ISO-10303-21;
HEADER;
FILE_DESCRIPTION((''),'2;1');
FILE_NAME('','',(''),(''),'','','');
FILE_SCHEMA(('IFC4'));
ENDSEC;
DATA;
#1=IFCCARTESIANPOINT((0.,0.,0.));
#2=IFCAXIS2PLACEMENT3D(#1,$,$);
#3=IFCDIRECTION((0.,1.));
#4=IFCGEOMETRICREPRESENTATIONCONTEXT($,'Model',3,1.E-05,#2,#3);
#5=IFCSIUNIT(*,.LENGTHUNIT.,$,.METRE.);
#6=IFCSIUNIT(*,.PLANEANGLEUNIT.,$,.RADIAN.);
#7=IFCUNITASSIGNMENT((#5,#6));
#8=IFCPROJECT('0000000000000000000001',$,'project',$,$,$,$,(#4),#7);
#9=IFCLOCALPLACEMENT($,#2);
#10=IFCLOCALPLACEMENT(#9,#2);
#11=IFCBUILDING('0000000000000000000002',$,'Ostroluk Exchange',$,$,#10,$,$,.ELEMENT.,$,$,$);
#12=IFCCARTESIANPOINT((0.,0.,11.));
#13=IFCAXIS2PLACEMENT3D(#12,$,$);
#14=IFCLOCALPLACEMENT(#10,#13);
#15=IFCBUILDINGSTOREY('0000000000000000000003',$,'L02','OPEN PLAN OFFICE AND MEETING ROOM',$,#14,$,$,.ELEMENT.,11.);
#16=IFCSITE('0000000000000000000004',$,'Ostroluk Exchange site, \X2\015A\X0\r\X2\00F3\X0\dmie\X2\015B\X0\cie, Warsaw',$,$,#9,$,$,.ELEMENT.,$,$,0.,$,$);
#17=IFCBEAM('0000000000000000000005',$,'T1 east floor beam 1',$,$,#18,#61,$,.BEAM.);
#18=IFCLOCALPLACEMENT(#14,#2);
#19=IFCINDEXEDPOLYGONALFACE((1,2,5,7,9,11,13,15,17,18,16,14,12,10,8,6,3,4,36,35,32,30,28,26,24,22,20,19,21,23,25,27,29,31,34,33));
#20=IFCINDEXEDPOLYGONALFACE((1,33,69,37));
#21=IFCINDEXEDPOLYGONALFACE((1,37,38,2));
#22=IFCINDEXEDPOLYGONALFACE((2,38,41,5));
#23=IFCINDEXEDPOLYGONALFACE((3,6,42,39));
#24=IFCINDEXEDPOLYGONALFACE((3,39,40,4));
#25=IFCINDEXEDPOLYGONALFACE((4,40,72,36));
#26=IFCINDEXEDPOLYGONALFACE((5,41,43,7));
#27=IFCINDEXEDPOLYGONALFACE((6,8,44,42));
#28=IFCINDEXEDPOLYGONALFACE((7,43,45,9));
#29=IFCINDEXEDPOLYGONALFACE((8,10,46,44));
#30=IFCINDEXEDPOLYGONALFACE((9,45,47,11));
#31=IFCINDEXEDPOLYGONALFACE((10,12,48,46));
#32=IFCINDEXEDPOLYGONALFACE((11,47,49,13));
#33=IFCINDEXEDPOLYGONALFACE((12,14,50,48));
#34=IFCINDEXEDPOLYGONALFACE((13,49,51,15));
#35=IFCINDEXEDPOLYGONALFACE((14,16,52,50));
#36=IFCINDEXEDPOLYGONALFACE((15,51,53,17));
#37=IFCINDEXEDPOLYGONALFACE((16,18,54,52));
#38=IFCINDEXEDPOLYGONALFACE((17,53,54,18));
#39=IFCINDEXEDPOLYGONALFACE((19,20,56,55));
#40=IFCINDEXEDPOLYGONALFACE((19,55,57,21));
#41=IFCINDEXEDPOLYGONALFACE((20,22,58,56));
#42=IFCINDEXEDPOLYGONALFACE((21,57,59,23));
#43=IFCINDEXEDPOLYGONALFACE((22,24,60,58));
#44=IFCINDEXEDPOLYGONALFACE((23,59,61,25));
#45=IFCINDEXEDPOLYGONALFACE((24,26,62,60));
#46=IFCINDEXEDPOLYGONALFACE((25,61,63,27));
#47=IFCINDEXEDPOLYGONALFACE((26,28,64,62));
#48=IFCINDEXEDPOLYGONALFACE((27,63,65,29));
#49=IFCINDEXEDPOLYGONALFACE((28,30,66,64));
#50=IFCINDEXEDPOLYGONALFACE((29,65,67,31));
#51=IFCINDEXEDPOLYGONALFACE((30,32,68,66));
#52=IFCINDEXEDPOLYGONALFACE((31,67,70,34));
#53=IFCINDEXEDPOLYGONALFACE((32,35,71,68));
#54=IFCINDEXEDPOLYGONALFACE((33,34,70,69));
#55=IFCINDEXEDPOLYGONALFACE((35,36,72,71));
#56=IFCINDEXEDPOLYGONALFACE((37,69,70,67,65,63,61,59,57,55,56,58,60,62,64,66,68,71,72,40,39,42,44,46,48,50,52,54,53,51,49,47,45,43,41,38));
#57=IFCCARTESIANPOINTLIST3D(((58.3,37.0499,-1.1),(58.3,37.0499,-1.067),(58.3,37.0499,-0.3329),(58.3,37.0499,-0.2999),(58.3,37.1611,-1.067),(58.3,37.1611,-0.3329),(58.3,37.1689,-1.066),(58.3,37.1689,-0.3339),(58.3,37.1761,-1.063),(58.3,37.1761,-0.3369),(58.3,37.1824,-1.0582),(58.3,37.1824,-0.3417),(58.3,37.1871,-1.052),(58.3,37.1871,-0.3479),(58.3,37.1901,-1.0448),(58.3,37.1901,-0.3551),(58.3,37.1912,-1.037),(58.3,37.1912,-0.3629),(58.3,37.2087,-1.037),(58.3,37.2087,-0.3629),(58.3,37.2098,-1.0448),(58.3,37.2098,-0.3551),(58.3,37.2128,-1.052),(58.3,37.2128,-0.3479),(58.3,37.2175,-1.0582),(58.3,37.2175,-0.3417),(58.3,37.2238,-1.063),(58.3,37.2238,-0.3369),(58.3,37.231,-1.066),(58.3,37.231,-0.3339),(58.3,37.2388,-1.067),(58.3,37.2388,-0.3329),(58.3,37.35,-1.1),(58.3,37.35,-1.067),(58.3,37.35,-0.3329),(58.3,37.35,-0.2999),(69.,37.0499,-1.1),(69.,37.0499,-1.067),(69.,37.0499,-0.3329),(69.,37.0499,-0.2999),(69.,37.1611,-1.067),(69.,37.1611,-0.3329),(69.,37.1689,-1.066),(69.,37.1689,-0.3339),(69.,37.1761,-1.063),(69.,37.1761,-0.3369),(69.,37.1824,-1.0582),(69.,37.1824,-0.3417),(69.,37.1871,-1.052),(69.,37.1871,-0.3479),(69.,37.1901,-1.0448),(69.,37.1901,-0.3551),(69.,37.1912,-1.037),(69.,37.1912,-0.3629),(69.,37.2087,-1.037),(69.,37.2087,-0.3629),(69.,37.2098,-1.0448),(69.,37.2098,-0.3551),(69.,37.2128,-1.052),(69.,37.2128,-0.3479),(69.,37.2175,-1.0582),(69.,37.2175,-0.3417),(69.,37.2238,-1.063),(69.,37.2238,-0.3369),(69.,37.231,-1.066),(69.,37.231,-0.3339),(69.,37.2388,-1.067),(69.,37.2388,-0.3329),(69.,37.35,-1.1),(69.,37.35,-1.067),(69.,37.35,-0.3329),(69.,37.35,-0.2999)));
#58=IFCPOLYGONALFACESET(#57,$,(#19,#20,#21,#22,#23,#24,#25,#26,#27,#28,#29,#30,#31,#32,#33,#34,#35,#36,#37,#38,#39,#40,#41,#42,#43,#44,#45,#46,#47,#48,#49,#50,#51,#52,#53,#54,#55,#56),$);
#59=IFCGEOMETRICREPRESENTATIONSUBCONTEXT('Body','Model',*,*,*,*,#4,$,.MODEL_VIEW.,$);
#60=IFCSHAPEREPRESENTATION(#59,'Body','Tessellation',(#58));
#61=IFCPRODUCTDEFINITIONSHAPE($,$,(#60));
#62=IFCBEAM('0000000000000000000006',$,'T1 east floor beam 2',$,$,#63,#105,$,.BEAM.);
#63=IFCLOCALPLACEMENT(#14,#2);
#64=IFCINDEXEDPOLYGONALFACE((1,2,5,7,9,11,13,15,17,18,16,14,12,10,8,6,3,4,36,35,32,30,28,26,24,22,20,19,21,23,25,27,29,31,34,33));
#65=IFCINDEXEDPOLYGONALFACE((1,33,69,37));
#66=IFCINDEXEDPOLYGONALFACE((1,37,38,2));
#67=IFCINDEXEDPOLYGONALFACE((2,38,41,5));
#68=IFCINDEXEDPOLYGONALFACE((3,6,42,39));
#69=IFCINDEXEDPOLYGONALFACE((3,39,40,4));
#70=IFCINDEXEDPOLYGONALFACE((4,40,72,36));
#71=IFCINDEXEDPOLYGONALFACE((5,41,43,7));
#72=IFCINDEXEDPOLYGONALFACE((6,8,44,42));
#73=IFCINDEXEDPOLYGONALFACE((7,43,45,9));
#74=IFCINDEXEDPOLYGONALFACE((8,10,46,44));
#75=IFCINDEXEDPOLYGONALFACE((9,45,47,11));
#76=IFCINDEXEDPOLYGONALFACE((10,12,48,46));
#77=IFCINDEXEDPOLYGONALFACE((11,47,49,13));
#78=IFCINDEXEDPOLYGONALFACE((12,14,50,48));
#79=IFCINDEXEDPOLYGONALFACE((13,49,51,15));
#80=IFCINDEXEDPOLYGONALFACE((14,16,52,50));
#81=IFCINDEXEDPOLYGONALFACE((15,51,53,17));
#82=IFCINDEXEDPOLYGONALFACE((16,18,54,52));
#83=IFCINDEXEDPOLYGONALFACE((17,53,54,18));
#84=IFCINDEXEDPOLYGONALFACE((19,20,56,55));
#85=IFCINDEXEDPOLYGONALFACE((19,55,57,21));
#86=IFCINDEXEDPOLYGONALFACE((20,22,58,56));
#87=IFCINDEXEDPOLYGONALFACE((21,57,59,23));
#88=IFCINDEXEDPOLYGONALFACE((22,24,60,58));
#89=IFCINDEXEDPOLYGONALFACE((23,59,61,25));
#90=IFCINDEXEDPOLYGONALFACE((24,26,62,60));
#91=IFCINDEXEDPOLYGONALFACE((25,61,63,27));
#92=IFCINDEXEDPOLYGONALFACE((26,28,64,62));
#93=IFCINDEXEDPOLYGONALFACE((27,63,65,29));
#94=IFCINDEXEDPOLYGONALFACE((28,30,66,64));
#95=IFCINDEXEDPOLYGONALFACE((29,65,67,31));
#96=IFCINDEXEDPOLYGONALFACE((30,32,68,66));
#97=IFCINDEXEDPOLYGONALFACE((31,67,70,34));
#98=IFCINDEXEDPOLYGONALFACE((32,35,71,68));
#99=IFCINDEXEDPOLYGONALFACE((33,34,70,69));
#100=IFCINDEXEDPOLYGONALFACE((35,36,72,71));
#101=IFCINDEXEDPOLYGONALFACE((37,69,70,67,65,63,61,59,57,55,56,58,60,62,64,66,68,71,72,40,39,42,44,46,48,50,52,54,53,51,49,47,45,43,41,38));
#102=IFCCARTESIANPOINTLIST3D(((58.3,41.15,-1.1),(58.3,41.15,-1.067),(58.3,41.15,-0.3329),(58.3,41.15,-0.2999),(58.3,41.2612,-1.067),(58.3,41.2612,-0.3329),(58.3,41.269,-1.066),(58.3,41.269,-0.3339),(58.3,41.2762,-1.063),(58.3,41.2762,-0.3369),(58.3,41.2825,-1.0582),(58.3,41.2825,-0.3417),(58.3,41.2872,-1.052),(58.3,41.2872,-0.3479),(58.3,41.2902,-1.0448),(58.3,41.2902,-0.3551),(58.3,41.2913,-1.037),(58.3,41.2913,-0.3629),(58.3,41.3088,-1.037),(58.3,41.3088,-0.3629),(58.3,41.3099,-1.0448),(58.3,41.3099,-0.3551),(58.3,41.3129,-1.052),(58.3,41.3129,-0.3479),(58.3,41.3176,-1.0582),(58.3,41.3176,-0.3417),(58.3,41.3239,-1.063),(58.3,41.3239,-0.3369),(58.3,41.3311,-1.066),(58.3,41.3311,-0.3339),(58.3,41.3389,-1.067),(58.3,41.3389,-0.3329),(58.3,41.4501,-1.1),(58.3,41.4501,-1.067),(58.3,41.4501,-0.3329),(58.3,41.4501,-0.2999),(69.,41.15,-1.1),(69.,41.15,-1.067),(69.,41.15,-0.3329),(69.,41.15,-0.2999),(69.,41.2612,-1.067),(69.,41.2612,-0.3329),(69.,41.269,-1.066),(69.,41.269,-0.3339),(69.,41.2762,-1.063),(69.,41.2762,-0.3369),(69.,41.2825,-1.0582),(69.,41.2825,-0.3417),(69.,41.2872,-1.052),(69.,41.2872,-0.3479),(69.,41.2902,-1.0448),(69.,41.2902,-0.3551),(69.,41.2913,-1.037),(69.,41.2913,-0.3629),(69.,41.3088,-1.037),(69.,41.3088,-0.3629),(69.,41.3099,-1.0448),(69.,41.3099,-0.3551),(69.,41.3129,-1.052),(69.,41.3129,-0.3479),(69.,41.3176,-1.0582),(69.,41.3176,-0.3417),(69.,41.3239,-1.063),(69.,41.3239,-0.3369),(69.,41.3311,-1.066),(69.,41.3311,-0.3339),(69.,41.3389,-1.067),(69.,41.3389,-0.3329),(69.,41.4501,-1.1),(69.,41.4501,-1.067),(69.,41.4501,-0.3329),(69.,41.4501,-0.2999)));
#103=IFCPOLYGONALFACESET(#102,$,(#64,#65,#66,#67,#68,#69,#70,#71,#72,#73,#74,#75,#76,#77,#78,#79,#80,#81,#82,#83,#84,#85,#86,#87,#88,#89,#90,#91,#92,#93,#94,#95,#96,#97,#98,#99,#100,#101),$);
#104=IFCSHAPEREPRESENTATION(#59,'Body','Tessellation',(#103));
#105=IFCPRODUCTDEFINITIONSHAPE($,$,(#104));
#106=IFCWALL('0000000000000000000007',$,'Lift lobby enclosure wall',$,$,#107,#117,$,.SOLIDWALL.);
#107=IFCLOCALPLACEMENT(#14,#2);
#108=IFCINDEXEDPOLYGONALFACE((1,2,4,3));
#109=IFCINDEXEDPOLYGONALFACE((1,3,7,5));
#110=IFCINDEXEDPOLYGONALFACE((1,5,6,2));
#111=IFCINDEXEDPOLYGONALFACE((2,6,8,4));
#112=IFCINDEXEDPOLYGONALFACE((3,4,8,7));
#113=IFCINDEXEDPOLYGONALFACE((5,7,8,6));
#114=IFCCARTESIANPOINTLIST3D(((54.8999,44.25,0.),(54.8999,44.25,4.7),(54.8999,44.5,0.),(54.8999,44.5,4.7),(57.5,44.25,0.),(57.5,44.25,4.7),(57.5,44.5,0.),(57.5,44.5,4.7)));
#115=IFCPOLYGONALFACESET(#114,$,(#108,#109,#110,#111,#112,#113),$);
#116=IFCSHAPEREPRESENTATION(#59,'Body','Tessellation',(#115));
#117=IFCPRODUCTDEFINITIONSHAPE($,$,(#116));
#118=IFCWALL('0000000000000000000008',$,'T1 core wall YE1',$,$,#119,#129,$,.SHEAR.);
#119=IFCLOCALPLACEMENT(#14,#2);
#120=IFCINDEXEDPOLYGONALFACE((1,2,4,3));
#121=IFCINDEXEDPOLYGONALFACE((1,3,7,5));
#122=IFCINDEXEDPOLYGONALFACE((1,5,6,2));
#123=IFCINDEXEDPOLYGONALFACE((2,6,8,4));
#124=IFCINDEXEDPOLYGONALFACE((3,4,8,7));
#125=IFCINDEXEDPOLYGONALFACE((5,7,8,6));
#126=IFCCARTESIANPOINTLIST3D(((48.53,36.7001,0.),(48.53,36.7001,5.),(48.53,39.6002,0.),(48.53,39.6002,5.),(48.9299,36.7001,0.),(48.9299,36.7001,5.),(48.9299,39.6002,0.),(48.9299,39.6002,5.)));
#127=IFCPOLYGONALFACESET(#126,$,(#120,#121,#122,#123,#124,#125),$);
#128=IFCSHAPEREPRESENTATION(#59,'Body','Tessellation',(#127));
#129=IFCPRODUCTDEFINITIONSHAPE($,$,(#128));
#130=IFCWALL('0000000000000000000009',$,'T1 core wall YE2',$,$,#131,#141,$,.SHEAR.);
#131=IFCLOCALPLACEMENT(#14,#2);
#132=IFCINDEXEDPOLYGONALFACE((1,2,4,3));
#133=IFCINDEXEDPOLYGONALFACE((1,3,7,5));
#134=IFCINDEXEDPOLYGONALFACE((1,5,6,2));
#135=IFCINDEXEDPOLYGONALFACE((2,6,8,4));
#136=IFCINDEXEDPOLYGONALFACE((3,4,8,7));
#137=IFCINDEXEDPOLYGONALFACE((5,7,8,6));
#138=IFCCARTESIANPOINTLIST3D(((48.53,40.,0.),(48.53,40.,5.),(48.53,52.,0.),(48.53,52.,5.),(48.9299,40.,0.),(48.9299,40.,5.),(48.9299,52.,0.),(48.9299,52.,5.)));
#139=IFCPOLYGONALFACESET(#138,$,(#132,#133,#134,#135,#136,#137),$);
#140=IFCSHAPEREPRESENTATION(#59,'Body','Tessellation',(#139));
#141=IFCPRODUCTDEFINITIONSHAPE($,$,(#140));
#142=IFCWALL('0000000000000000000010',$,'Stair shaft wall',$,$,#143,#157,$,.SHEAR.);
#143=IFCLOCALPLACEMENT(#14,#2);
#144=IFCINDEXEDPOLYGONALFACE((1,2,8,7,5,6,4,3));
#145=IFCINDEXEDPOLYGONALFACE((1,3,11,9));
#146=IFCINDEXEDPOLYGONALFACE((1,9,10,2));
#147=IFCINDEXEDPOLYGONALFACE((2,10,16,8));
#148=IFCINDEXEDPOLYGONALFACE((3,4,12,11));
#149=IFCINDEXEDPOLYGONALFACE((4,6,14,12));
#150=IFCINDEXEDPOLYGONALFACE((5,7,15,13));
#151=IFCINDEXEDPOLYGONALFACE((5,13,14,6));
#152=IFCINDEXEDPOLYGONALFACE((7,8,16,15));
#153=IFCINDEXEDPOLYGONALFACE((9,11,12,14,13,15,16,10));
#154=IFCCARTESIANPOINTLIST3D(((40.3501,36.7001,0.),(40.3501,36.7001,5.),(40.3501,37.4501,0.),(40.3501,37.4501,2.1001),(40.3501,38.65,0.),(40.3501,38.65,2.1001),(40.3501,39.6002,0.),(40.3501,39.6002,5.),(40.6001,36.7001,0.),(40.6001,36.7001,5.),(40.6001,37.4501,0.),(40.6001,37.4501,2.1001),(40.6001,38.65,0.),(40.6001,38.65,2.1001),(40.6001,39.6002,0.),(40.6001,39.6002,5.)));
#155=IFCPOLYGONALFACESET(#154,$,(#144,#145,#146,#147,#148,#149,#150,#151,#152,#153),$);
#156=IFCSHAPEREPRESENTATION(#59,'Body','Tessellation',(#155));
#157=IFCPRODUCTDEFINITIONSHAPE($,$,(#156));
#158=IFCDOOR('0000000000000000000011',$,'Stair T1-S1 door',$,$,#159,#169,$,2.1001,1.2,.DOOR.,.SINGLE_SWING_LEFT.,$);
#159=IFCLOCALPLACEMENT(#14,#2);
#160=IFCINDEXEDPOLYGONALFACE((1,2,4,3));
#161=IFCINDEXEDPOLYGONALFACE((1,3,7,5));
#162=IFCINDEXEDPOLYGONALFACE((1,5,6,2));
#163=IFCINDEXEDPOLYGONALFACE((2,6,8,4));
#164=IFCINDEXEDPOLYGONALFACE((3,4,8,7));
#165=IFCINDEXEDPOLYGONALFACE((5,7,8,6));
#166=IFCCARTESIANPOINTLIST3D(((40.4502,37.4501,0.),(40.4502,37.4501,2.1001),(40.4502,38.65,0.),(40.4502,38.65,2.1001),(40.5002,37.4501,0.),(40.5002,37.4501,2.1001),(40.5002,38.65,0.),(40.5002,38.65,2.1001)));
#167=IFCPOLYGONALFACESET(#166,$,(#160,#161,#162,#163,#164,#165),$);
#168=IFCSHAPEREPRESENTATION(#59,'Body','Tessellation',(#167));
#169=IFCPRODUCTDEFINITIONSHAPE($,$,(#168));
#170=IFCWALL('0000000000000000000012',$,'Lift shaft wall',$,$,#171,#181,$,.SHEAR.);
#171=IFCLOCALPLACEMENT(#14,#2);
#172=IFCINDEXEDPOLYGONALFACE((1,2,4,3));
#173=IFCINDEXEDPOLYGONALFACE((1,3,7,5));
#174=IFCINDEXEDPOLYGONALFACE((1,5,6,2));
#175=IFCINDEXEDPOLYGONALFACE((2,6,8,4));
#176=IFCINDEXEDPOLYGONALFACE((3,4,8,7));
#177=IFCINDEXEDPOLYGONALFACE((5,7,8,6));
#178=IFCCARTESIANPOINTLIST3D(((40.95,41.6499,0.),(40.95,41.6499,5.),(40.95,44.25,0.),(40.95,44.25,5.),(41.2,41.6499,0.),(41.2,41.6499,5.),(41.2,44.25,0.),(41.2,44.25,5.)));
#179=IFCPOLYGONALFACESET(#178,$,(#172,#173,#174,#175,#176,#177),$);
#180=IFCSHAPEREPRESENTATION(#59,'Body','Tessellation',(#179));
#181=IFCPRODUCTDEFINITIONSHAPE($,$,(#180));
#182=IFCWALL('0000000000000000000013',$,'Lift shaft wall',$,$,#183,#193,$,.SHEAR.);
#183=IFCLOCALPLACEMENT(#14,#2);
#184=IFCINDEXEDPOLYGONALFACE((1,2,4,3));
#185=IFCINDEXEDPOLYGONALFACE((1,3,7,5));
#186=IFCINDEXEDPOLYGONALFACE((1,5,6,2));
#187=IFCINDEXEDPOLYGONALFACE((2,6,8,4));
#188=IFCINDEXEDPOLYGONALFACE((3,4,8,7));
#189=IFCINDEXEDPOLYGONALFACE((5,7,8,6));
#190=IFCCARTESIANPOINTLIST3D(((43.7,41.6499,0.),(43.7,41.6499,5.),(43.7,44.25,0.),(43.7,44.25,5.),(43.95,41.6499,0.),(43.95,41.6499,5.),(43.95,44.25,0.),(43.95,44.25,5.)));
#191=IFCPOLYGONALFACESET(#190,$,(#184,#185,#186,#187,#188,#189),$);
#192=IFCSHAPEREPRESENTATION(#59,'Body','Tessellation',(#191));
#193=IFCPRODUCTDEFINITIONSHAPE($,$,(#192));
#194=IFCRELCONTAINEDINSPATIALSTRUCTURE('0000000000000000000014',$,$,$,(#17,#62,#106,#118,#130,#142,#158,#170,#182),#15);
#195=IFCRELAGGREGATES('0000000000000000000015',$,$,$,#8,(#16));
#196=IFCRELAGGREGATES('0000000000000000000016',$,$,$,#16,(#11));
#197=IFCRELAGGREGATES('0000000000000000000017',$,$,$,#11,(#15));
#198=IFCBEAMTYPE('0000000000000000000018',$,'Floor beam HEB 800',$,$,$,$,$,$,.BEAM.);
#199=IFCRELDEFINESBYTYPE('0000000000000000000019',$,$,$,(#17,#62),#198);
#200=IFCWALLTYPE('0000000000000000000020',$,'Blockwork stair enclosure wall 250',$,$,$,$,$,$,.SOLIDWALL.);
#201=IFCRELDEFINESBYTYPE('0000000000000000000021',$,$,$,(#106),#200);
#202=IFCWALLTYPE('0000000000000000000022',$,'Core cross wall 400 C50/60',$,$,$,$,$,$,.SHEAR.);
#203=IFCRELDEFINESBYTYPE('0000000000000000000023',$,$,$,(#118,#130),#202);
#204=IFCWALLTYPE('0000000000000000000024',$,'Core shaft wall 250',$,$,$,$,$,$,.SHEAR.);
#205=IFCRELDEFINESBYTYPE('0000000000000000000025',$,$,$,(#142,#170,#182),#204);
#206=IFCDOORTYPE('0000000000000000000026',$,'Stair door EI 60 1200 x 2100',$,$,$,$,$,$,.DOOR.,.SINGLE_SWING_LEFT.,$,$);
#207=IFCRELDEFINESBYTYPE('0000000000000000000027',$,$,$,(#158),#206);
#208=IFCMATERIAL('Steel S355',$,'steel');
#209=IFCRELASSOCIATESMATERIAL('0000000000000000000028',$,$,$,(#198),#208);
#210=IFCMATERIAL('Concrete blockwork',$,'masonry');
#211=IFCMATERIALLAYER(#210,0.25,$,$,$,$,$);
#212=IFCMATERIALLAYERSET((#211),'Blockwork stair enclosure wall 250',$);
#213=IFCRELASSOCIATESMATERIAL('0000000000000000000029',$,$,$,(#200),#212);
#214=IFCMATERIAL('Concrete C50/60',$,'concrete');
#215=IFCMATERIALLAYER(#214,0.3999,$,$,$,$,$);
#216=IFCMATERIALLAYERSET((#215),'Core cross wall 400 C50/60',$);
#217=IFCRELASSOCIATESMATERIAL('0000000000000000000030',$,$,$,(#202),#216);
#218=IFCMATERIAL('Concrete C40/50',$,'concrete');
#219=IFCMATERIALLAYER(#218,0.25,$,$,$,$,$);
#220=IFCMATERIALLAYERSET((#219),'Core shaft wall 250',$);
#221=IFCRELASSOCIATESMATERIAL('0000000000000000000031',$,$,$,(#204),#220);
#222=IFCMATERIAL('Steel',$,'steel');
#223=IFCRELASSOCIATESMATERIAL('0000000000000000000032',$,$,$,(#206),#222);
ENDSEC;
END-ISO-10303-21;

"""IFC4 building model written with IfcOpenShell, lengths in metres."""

from ifc_helpers import new_model, si_unit, direction, frame, frame_2d, origin, origin_2d, place, context, subcontext, project, spatial, rectangle, i_section, extrude, material, layer, layer_set, material_profile, profile_set, type_object, element, fill, save


model = new_model("IFC4")

# Units and contexts
model_context = context("Model", 3, precision=1e-05, world=origin(), true_north=direction((0.0, 1.0)))
body_context = subcontext(model_context, "Body", "Model", "MODEL_VIEW")
ifc_project = project(units=[si_unit("LENGTHUNIT", "METRE"), si_unit("PLANEANGLEUNIT", "RADIAN")], contexts=[model_context])

# Site, building, storey
site_placement = place(None, origin())
site = spatial("IfcSite", under=ifc_project, at=site_placement, Name="Ostroluk Exchange site, Śródmieście, Warsaw", CompositionType="ELEMENT", RefElevation=0.0)
building_placement = place(site_placement, origin())
building = spatial("IfcBuilding", under=site, at=building_placement, Name="Ostroluk Exchange", CompositionType="ELEMENT")
storey_placement = place(building_placement, frame((0.0, 0.0, 11.0)))
storey = spatial("IfcBuildingStorey", under=building, at=storey_placement, Name="L02", Description="OPEN PLAN OFFICE AND MEETING ROOM", CompositionType="ELEMENT", Elevation=11.0)

# Beams
ifc_material_1 = material(Name="Steel S355", Category="steel")
ifc_material_profile = material_profile(ifc_material_1, i_section(OverallWidth=0.3, OverallDepth=0.8, WebThickness=0.0176, FlangeThickness=0.033, FilletRadius=0.03, at=origin_2d()), Name="HEB 800")
ifc_profile_set = profile_set([ifc_material_profile], Name="Steel S355")
beam_type = type_object("IfcBeamType", Name="Floor beam HEB 800", PredefinedType="BEAM", material=ifc_profile_set)
for number, where, z_axis, x_axis, name in (
    (1, (58.3, 37.2, -0.7), (1.0, 0.0, 0.0), (0.0, 1.0, 0.0), "T1 east floor beam 1"),
    (2, (58.3, 41.3, -0.7), (1.0, 0.0, 0.0), (0.0, 1.0, 0.0), "T1 east floor beam 2"),
):
    element("IfcBeam", number, at=place(storey_placement, frame(where, z_axis=z_axis, x_axis=x_axis)), inside=storey, type_object=beam_type, Name=name, PredefinedType="BEAM", context=body_context, shape_type="SweptSolid", body=[
        extrude(i_section(OverallWidth=0.3, OverallDepth=0.8, WebThickness=0.0176, FlangeThickness=0.033, FilletRadius=0.03, at=origin_2d()), origin(), (0.0, 0.0, 1.0), 10.7),
    ])

# Walls
ifc_material_2 = material(Name="Concrete blockwork", Category="masonry")
ifc_layer_1 = layer(ifc_material_2, 0.25)
ifc_layer_set_1 = layer_set([ifc_layer_1], Name="Blockwork stair enclosure wall 250")
wall_type_1 = type_object("IfcWallType", Name="Blockwork stair enclosure wall 250", PredefinedType="SOLIDWALL", material=ifc_layer_set_1)
wall_1_placement = place(storey_placement, frame((54.8999, 44.375, 0.0), z_axis=(0.0, 0.0, 1.0), x_axis=(1.0, 0.0, 0.0)))
element("IfcWall", 3, at=wall_1_placement, inside=storey, type_object=wall_type_1, Name="Lift lobby enclosure wall", PredefinedType="SOLIDWALL", context=body_context, shape_type="SweptSolid", body=[
    extrude(rectangle(XDim=2.6001, YDim=0.25, at=frame_2d((1.3, 0.0))), origin(), (0.0, 0.0, 1.0), 4.7),
])
ifc_material_3 = material(Name="Concrete C50/60", Category="concrete")
ifc_layer_2 = layer(ifc_material_3, 0.3999)
ifc_layer_set_2 = layer_set([ifc_layer_2], Name="Core cross wall 400 C50/60")
wall_type_2 = type_object("IfcWallType", Name="Core cross wall 400 C50/60", PredefinedType="SHEAR", material=ifc_layer_set_2)
wall_2_placement = place(storey_placement, frame((48.73, 36.7, 0.0), z_axis=(0.0, 0.0, 1.0), x_axis=(0.0, 1.0, 0.0)))
element("IfcWall", 4, at=wall_2_placement, inside=storey, type_object=wall_type_2, Name="T1 core wall YE1", PredefinedType="SHEAR", context=body_context, shape_type="SweptSolid", body=[
    extrude(rectangle(XDim=2.9001, YDim=0.3999, at=frame_2d((1.4502, 0.0))), origin(), (0.0, 0.0, 1.0), 5.0),
])
wall_3_placement = place(storey_placement, frame((48.73, 40.0, 0.0), z_axis=(0.0, 0.0, 1.0), x_axis=(0.0, 1.0, 0.0)))
element("IfcWall", 5, at=wall_3_placement, inside=storey, type_object=wall_type_2, Name="T1 core wall YE2", PredefinedType="SHEAR", context=body_context, shape_type="SweptSolid", body=[
    extrude(rectangle(XDim=12.0, YDim=0.3999, at=frame_2d((6.0, 0.0))), origin(), (0.0, 0.0, 1.0), 5.0),
])

# Wall, opening, door
ifc_material_4 = material(Name="Concrete C40/50", Category="concrete")
ifc_layer_3 = layer(ifc_material_4, 0.25)
ifc_layer_set_3 = layer_set([ifc_layer_3], Name="Core shaft wall 250")
wall_type_3 = type_object("IfcWallType", Name="Core shaft wall 250", PredefinedType="SHEAR", material=ifc_layer_set_3)
wall_4_placement = place(storey_placement, frame((40.4751, 36.7, 0.0), z_axis=(0.0, 0.0, 1.0), x_axis=(0.0, 1.0, 0.0)))
wall_4 = element("IfcWall", 6, at=wall_4_placement, inside=storey, type_object=wall_type_3, Name="Stair shaft wall", PredefinedType="SHEAR", context=body_context, shape_type="SweptSolid", body=[
    extrude(rectangle(XDim=2.9001, YDim=0.25, at=frame_2d((1.4502, 0.0))), origin(), (0.0, 0.0, 1.0), 5.0),
])
opening_1_placement = place(wall_4_placement, frame((0.75, 0.0, 0.0)))
opening_1 = element("IfcOpeningElement", 7, at=opening_1_placement, cuts=wall_4, PredefinedType="OPENING", context=body_context, shape_type="SweptSolid", body=[
    extrude(rectangle(XDim=1.2, YDim=2.1001, at=frame_2d((0.6001, 1.05))), frame((0.0, 0.135, 0.0), z_axis=(0.0, -1.0, 0.0), x_axis=(1.0, 0.0, 0.0)), (0.0, 0.0, 1.0), 0.27),
])
ifc_material_5 = material(Name="Steel", Category="steel")
door_type_1 = type_object("IfcDoorType", Name="Stair door EI 60 1200 x 2100", OperationType="SINGLE_SWING_LEFT", PredefinedType="DOOR", material=ifc_material_5)
door_1_placement = place(opening_1_placement, origin())
door_1 = element("IfcDoor", 8, at=door_1_placement, inside=storey, type_object=door_type_1, Name="Stair T1-S1 door", OperationType="SINGLE_SWING_LEFT", OverallHeight=2.1001, OverallWidth=1.2, PredefinedType="DOOR", context=body_context, shape_type="SweptSolid", body=[
    extrude(rectangle(XDim=1.2, YDim=2.1001, at=frame_2d((0.6001, 1.05))), frame((0.0, 0.0249, 0.0), z_axis=(0.0, -1.0, 0.0), x_axis=(1.0, 0.0, 0.0)), (0.0, 0.0, 1.0), 0.05),
])
fill(opening_1, door_1)

# Walls
for number, where, z_axis, x_axis, name in (
    (9, (41.075, 44.25, 0.0), (0.0, 0.0, 1.0), (0.0, -1.0, 0.0), "Lift shaft wall"),
    (10, (43.825, 44.25, 0.0), (0.0, 0.0, 1.0), (0.0, -1.0, 0.0), "Lift shaft wall"),
):
    element("IfcWall", number, at=place(storey_placement, frame(where, z_axis=z_axis, x_axis=x_axis)), inside=storey, type_object=wall_type_3, Name=name, PredefinedType="SHEAR", context=body_context, shape_type="SweptSolid", body=[
        extrude(rectangle(XDim=2.6001, YDim=0.25, at=frame_2d((1.3, 0.0))), origin(), (0.0, 0.0, 1.0), 5.0),
    ])

save(model, "model.ifc")
